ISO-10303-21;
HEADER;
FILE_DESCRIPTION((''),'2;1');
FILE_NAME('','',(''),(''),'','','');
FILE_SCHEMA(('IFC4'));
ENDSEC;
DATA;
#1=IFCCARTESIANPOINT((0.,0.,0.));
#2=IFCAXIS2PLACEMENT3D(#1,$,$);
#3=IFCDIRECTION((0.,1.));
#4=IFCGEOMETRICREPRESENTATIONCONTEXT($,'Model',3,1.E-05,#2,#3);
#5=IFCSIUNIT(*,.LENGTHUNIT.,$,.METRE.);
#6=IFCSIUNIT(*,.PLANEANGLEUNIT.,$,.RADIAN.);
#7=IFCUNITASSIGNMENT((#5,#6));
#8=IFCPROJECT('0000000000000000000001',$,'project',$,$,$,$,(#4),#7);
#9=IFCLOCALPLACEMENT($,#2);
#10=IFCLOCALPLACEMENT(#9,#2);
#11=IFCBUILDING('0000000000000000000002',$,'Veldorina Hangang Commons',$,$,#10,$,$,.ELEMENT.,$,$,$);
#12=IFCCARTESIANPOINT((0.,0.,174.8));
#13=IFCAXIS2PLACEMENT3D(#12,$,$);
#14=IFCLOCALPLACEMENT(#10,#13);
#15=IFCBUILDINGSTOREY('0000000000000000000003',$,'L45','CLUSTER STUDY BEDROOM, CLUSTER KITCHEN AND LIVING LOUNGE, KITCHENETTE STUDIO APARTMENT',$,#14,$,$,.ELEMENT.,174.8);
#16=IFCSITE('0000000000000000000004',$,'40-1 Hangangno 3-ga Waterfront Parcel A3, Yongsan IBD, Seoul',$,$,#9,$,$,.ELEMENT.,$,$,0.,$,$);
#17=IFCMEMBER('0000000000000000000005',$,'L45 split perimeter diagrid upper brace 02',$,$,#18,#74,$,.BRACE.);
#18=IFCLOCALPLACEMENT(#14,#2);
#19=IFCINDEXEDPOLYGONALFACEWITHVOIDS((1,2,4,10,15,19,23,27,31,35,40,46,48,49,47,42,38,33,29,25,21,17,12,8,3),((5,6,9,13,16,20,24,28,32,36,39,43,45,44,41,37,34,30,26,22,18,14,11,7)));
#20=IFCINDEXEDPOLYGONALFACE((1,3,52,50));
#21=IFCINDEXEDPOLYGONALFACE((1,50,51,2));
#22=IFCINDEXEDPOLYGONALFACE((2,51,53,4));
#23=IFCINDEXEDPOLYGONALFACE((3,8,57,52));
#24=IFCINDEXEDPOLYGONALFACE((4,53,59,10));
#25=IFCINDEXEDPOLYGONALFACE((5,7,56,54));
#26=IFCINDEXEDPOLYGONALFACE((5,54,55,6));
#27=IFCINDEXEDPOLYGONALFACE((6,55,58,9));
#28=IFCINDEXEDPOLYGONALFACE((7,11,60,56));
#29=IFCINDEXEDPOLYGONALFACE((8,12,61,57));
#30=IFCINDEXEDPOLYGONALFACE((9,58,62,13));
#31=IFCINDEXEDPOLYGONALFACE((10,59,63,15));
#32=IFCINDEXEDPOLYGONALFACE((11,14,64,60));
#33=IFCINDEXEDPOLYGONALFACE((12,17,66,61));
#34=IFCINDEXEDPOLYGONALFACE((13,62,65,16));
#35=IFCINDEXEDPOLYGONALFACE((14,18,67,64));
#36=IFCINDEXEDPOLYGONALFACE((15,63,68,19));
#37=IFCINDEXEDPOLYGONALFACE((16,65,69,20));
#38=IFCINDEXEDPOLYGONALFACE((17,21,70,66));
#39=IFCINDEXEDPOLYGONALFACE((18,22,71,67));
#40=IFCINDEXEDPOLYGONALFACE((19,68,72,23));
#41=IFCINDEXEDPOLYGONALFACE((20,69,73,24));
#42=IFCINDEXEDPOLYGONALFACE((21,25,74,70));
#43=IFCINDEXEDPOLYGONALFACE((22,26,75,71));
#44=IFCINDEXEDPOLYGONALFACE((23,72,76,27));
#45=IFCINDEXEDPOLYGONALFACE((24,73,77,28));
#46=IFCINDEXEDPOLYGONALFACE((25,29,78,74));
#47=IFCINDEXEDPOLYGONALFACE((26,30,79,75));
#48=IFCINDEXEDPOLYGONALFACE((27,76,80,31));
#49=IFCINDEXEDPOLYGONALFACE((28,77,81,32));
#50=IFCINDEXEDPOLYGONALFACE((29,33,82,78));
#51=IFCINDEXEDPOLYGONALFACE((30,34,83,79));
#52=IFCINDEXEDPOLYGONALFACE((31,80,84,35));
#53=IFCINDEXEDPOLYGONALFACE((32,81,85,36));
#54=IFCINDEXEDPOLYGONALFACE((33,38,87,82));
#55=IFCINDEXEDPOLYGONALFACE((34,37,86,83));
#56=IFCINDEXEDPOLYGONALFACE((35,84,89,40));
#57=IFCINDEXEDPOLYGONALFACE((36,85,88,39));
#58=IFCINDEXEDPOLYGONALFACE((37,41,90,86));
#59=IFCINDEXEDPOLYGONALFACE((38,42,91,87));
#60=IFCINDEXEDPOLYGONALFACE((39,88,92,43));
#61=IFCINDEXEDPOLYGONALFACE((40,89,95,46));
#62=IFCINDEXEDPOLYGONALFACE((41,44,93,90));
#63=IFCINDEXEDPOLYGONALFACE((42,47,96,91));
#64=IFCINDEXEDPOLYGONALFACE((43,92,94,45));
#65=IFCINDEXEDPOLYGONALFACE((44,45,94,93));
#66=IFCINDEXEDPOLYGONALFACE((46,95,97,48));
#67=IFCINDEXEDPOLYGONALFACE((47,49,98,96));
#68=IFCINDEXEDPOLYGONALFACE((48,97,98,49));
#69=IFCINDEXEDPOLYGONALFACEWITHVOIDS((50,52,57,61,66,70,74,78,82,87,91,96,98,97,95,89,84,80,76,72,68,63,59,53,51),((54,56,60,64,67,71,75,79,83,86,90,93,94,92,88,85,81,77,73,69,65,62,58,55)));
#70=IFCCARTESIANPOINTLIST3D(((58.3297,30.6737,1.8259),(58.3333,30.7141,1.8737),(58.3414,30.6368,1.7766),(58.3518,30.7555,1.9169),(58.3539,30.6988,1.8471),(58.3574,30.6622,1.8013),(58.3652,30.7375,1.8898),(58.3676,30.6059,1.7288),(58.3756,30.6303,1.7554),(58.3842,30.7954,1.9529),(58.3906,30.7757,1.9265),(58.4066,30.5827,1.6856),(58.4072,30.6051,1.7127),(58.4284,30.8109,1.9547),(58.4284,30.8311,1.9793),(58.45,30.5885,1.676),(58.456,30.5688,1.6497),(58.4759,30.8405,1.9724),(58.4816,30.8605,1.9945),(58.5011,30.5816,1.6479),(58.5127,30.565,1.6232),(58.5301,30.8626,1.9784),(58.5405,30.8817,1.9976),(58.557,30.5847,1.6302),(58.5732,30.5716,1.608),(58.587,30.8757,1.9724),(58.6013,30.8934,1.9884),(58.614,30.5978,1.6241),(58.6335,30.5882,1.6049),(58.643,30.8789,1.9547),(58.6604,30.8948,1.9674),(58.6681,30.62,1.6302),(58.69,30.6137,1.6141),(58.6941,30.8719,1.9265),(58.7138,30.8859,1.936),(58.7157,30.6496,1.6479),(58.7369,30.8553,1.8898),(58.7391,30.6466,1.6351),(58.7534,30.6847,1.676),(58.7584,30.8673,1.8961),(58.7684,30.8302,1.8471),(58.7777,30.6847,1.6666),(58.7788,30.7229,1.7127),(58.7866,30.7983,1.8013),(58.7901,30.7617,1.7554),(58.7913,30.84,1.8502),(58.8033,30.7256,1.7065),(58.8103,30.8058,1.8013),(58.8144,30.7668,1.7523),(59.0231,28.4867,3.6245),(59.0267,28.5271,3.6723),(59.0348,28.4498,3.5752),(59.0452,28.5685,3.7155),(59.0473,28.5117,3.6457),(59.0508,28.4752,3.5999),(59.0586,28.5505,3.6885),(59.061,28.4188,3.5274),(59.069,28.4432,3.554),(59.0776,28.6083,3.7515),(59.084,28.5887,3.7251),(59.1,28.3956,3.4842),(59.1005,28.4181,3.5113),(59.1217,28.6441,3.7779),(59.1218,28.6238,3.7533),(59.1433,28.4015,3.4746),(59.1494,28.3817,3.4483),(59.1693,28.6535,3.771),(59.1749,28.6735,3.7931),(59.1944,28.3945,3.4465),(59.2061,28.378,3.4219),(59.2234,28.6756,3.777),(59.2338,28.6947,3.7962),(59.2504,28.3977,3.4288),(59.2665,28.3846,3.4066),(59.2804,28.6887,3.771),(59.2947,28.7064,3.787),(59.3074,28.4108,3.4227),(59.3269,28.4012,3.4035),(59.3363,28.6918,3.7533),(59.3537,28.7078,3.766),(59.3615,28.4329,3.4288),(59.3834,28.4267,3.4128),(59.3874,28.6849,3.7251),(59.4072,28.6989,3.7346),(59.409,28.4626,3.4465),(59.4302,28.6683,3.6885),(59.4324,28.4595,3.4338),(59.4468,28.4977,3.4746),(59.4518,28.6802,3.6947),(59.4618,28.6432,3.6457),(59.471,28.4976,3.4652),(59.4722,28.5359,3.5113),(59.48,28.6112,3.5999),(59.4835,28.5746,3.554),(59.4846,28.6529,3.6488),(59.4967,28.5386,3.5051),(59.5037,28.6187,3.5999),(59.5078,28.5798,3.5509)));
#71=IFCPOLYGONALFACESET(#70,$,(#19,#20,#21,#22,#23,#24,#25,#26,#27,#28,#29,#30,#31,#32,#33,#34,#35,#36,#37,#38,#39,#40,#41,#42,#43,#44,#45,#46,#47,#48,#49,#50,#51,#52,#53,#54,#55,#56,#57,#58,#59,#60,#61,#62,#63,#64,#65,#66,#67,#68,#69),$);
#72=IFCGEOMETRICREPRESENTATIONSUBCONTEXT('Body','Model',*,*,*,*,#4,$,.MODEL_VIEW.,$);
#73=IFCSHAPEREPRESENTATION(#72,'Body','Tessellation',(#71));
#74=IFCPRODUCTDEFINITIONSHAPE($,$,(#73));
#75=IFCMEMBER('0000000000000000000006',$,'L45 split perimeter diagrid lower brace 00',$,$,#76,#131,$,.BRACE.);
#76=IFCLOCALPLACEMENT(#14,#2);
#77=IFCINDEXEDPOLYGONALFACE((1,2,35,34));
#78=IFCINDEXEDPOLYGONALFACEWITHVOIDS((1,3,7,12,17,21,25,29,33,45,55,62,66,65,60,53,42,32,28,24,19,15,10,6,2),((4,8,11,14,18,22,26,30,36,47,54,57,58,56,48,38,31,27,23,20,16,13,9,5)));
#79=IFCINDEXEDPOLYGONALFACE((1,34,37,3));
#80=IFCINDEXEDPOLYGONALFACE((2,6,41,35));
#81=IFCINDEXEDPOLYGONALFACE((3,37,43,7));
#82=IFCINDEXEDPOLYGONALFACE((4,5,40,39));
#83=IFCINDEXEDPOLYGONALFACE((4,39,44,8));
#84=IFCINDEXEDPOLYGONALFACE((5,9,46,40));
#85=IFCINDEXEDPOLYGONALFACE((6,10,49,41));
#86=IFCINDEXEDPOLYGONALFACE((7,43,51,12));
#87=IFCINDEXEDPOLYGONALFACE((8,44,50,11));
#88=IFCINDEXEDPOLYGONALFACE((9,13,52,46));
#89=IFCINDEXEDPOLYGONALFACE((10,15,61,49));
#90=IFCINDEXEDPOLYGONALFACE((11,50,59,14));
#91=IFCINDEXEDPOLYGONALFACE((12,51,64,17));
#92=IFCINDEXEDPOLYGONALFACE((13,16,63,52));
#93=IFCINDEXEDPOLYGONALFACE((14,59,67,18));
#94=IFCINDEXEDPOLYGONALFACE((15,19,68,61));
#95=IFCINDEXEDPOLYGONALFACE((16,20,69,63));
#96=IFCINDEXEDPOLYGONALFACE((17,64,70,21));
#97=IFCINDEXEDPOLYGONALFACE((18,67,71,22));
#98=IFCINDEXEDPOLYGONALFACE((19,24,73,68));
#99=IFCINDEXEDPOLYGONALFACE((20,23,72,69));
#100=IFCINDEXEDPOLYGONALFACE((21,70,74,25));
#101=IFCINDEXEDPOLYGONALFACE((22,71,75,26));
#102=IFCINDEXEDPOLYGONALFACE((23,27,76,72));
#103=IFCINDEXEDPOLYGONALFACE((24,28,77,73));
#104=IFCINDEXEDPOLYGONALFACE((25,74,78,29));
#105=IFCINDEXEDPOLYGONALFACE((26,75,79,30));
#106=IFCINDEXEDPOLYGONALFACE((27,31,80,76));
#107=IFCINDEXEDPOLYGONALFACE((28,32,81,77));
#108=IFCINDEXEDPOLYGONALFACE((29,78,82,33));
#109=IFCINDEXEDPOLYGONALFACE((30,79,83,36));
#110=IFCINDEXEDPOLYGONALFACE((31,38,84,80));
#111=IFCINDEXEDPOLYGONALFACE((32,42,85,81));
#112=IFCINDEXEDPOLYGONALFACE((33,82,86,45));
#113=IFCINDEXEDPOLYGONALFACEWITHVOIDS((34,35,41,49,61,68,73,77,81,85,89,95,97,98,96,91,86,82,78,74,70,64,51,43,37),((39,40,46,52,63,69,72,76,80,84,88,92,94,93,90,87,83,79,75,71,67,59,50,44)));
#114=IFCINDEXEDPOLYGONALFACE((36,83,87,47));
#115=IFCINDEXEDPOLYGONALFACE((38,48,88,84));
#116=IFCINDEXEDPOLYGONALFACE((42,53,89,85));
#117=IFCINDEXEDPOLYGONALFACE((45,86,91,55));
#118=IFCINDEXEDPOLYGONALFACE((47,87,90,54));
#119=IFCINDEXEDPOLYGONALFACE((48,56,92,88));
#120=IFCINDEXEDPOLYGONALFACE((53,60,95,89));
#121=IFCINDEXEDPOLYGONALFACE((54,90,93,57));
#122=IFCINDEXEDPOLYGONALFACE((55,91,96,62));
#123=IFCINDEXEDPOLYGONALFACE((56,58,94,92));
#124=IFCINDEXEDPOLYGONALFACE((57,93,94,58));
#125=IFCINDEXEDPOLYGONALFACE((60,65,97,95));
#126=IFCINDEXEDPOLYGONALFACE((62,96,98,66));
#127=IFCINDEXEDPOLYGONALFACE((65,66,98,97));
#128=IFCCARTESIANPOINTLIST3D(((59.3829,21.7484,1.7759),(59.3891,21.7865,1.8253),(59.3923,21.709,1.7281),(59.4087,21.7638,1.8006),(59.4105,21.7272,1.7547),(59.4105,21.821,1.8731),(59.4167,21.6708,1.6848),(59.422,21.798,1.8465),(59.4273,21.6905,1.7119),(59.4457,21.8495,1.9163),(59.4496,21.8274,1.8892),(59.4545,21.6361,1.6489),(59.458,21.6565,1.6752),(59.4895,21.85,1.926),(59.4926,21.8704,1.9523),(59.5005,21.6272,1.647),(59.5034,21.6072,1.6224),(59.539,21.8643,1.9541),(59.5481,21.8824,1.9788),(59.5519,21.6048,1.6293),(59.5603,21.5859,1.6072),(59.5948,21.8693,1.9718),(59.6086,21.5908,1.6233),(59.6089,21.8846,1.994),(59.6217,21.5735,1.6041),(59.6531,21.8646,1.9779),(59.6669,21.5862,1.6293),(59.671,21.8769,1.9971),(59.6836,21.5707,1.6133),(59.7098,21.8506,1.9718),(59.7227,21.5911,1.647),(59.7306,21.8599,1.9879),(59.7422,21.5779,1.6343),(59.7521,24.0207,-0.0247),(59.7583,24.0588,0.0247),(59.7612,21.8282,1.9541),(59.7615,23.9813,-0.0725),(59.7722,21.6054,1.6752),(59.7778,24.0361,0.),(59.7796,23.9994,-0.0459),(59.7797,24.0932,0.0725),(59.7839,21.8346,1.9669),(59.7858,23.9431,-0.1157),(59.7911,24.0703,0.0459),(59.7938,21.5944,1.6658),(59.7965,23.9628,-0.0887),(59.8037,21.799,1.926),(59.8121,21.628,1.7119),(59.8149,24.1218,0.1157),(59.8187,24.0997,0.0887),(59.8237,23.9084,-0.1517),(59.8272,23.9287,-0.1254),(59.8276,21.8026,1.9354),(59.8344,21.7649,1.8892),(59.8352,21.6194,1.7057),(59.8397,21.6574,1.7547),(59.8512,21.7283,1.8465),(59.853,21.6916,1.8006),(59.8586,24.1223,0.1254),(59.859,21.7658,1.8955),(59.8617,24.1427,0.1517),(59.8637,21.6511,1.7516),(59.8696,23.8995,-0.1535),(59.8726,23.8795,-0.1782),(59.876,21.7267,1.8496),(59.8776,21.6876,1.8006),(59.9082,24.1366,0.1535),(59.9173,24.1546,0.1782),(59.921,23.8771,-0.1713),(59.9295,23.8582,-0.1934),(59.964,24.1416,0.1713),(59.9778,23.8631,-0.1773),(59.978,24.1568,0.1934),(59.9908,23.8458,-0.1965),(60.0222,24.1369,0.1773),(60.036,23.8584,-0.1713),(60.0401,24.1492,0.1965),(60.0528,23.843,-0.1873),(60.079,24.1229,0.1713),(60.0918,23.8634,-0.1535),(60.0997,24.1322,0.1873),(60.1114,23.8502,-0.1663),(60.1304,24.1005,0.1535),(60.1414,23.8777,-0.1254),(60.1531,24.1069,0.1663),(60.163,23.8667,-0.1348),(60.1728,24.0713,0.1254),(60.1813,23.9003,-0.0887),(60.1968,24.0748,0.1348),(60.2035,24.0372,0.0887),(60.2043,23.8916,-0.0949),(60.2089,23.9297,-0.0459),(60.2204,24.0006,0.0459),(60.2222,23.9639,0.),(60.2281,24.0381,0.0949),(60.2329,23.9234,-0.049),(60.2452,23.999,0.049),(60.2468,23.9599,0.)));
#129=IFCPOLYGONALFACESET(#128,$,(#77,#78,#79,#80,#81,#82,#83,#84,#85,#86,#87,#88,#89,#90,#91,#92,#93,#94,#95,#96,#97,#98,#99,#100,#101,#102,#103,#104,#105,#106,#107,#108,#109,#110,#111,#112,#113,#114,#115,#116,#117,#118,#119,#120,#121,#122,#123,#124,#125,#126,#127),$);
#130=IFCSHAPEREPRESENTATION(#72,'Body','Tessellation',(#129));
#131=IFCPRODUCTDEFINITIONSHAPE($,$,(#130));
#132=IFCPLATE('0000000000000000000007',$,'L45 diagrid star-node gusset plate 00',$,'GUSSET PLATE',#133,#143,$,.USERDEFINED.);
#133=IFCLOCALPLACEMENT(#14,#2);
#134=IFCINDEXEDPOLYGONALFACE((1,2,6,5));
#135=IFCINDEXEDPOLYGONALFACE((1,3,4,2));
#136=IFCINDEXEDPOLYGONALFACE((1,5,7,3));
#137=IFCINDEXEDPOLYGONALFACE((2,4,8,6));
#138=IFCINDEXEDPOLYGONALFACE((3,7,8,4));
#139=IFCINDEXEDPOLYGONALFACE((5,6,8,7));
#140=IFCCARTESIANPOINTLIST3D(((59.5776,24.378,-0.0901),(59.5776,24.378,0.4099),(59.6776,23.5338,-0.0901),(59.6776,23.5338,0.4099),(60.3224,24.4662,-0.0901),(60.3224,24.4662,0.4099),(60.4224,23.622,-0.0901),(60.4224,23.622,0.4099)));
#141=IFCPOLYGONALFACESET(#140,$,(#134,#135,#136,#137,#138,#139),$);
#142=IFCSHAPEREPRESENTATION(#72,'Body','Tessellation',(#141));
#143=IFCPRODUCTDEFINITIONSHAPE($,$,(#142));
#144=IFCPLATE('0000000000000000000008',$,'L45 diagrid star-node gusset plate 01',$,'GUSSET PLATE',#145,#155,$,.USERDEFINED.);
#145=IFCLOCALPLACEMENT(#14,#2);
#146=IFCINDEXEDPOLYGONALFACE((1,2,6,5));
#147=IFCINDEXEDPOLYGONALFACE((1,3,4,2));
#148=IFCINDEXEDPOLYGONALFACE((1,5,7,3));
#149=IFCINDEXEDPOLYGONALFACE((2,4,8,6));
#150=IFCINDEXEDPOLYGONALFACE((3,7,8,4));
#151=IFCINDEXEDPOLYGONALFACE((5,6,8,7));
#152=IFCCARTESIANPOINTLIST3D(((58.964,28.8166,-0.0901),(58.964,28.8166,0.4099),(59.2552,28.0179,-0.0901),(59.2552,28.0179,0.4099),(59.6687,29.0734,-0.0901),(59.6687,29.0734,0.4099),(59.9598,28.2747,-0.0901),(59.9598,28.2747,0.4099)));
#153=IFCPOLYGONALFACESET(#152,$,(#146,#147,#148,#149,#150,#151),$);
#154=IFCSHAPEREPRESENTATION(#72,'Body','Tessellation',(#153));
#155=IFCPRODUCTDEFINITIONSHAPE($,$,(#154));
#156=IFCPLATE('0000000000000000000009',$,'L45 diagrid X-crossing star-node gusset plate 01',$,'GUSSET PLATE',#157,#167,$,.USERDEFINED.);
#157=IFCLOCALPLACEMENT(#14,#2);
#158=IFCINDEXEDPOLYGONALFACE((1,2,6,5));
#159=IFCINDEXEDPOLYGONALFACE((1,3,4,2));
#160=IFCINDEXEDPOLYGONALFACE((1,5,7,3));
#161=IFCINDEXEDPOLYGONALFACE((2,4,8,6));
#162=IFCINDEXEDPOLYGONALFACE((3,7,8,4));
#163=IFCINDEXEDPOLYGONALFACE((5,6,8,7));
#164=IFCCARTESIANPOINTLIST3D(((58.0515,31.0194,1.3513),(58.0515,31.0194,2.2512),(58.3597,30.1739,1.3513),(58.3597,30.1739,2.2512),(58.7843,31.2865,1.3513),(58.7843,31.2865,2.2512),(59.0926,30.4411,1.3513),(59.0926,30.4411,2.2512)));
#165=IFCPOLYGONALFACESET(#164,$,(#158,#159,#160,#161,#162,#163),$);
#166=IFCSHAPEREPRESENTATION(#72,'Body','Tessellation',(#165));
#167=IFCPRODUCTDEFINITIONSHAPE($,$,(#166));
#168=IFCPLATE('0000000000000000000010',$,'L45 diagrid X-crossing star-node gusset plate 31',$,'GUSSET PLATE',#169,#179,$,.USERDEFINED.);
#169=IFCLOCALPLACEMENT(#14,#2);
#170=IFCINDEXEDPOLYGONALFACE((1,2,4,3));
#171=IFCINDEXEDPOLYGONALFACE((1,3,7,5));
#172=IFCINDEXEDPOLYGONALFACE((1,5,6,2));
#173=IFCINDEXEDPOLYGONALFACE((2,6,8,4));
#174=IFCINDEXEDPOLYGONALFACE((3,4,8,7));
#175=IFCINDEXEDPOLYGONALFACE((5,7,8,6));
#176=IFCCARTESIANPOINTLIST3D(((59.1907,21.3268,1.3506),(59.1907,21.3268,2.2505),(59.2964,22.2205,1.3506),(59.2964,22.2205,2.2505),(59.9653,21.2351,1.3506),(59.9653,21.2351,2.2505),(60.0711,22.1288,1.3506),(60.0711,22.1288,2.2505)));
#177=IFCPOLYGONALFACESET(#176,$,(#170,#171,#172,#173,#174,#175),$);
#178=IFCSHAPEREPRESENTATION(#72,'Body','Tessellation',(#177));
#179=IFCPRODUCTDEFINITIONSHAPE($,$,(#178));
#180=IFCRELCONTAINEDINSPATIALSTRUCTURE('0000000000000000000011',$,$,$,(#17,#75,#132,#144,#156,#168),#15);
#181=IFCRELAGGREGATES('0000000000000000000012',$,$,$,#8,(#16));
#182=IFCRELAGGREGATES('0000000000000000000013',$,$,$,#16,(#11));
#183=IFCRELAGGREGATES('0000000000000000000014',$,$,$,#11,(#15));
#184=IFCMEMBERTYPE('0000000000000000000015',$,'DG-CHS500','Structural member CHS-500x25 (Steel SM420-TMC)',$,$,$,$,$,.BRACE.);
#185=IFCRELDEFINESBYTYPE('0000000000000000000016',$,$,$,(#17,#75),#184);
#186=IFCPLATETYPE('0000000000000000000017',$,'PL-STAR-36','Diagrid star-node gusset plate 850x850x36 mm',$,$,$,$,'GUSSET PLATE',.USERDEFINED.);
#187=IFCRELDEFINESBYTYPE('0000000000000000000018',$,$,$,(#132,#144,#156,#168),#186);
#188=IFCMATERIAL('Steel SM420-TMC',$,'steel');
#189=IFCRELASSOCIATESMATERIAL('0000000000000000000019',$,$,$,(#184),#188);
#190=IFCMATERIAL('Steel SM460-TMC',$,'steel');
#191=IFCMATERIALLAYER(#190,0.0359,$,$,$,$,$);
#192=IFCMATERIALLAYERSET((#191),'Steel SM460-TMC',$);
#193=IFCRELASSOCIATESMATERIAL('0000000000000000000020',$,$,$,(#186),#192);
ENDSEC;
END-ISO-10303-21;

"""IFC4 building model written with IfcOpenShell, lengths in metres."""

from ifc_helpers import new_model, si_unit, direction, frame, origin, origin_2d, place, context, subcontext, project, spatial, rectangle, hollow_circle, extrude, material, layer, layer_set, material_profile, profile_set, type_object, element, save


model = new_model("IFC4")

# Units and contexts
model_context = context("Model", 3, precision=1e-05, world=origin(), true_north=direction((0.0, 1.0)))
body_context = subcontext(model_context, "Body", "Model", "MODEL_VIEW")
ifc_project = project(units=[si_unit("LENGTHUNIT", "METRE"), si_unit("PLANEANGLEUNIT", "RADIAN")], contexts=[model_context])

# Site, building, storey
site_placement = place(None, origin())
site = spatial("IfcSite", under=ifc_project, at=site_placement, Name="40-1 Hangangno 3-ga Waterfront Parcel A3, Yongsan IBD, Seoul", CompositionType="ELEMENT", RefElevation=0.0)
building_placement = place(site_placement, origin())
building = spatial("IfcBuilding", under=site, at=building_placement, Name="Veldorina Hangang Commons", CompositionType="ELEMENT")
storey_placement = place(building_placement, frame((0.0, 0.0, 174.8)))
storey = spatial("IfcBuildingStorey", under=building, at=storey_placement, Name="L45", Description="CLUSTER STUDY BEDROOM, CLUSTER KITCHEN AND LIVING LOUNGE, KITCHENETTE STUDIO APARTMENT", CompositionType="ELEMENT", Elevation=174.8)

# Shared definitions
ifc_material_1 = material(Name="Steel SM420-TMC", Category="steel")

# Members
ifc_material_profile_1 = material_profile(ifc_material_1, hollow_circle(Radius=0.25, WallThickness=0.0249, at=origin_2d()), Name="CHS-500x25")
ifc_profile_set_1 = profile_set([ifc_material_profile_1], Name="Steel SM420-TMC")
member_type = type_object("IfcMemberType", Name="DG-CHS500", Description="Structural member CHS-500x25 (Steel SM420-TMC)", PredefinedType="BRACE", material=ifc_profile_set_1)
member_1_placement = place(storey_placement, frame((58.572, 30.7302, 1.8013), z_axis=(0.237839, -0.750197, 0.616957), x_axis=(0.953241, 0.302211, 0.0)))
element("IfcMember", 1, at=member_1_placement, inside=storey, type_object=member_type, Name="L45 split perimeter diagrid upper brace 02", PredefinedType="BRACE", context=body_context, shape_type="SweptSolid", body=[
    extrude(hollow_circle(Radius=0.25, WallThickness=0.0249, at=origin_2d()), origin(), (0.0, 0.0, 1.0), 2.9153),
])
member_2_placement = place(storey_placement, frame((60.0, 24.0, 0.0), z_axis=(-0.126309, -0.777483, 0.616089), x_axis=(0.987059, -0.160356, 0.0)))
element("IfcMember", 2, at=member_2_placement, inside=storey, type_object=member_type, Name="L45 split perimeter diagrid lower brace 00", PredefinedType="BRACE", context=body_context, shape_type="SweptSolid", body=[
    extrude(hollow_circle(Radius=0.25, WallThickness=0.0249, at=origin_2d()), origin(), (0.0, 0.0, 1.0), 2.9226),
])

# Plates
ifc_material_2 = material(Name="Steel SM460-TMC", Category="steel")
ifc_layer_1 = layer(ifc_material_2, 0.0359)
ifc_layer_set_1 = layer_set([ifc_layer_1], Name="Steel SM460-TMC")
plate_type = type_object("IfcPlateType", Name="PL-STAR-36", Description="Diagrid star-node gusset plate 850x850x36 mm", ElementType="GUSSET PLATE", PredefinedType="USERDEFINED", material=ifc_layer_set_1)
for number, where, z_axis, x_axis, name in (
    (3, (60.0, 24.0, -0.0901), (0.0, 0.0, 1.0), (-0.117537, 0.993068, 0.0), "L45 diagrid star-node gusset plate 00"),
    (4, (59.4619, 28.5457, -0.0901), (0.0, 0.0, 1.0), (-0.342496, 0.939519, 0.0), "L45 diagrid star-node gusset plate 01"),
):
    element("IfcPlate", number, at=place(storey_placement, frame(where, z_axis=z_axis, x_axis=x_axis)), inside=storey, type_object=plate_type, Name=name, ObjectType="GUSSET PLATE", PredefinedType="USERDEFINED", context=body_context, shape_type="SweptSolid", body=[
        extrude(rectangle(XDim=0.8501, YDim=0.75, at=origin_2d()), origin(), (0.0, 0.0, 1.0), 0.5),
    ])
for number, where, z_axis, x_axis, name in (
    (5, (58.572, 30.7302, 1.3513), (0.0, 0.0, 1.0), (-0.342496, 0.939519, 0.0), "L45 diagrid X-crossing star-node gusset plate 01"),
    (6, (59.6309, 21.7278, 1.3506), (0.0, 0.0, 1.0), (0.117537, 0.993068, 0.0), "L45 diagrid X-crossing star-node gusset plate 31"),
):
    element("IfcPlate", number, at=place(storey_placement, frame(where, z_axis=z_axis, x_axis=x_axis)), inside=storey, type_object=plate_type, Name=name, ObjectType="GUSSET PLATE", PredefinedType="USERDEFINED", context=body_context, shape_type="SweptSolid", body=[
        extrude(rectangle(XDim=0.8999, YDim=0.78, at=origin_2d()), origin(), (0.0, 0.0, 1.0), 0.8999),
    ])

save(model, "model.ifc")
